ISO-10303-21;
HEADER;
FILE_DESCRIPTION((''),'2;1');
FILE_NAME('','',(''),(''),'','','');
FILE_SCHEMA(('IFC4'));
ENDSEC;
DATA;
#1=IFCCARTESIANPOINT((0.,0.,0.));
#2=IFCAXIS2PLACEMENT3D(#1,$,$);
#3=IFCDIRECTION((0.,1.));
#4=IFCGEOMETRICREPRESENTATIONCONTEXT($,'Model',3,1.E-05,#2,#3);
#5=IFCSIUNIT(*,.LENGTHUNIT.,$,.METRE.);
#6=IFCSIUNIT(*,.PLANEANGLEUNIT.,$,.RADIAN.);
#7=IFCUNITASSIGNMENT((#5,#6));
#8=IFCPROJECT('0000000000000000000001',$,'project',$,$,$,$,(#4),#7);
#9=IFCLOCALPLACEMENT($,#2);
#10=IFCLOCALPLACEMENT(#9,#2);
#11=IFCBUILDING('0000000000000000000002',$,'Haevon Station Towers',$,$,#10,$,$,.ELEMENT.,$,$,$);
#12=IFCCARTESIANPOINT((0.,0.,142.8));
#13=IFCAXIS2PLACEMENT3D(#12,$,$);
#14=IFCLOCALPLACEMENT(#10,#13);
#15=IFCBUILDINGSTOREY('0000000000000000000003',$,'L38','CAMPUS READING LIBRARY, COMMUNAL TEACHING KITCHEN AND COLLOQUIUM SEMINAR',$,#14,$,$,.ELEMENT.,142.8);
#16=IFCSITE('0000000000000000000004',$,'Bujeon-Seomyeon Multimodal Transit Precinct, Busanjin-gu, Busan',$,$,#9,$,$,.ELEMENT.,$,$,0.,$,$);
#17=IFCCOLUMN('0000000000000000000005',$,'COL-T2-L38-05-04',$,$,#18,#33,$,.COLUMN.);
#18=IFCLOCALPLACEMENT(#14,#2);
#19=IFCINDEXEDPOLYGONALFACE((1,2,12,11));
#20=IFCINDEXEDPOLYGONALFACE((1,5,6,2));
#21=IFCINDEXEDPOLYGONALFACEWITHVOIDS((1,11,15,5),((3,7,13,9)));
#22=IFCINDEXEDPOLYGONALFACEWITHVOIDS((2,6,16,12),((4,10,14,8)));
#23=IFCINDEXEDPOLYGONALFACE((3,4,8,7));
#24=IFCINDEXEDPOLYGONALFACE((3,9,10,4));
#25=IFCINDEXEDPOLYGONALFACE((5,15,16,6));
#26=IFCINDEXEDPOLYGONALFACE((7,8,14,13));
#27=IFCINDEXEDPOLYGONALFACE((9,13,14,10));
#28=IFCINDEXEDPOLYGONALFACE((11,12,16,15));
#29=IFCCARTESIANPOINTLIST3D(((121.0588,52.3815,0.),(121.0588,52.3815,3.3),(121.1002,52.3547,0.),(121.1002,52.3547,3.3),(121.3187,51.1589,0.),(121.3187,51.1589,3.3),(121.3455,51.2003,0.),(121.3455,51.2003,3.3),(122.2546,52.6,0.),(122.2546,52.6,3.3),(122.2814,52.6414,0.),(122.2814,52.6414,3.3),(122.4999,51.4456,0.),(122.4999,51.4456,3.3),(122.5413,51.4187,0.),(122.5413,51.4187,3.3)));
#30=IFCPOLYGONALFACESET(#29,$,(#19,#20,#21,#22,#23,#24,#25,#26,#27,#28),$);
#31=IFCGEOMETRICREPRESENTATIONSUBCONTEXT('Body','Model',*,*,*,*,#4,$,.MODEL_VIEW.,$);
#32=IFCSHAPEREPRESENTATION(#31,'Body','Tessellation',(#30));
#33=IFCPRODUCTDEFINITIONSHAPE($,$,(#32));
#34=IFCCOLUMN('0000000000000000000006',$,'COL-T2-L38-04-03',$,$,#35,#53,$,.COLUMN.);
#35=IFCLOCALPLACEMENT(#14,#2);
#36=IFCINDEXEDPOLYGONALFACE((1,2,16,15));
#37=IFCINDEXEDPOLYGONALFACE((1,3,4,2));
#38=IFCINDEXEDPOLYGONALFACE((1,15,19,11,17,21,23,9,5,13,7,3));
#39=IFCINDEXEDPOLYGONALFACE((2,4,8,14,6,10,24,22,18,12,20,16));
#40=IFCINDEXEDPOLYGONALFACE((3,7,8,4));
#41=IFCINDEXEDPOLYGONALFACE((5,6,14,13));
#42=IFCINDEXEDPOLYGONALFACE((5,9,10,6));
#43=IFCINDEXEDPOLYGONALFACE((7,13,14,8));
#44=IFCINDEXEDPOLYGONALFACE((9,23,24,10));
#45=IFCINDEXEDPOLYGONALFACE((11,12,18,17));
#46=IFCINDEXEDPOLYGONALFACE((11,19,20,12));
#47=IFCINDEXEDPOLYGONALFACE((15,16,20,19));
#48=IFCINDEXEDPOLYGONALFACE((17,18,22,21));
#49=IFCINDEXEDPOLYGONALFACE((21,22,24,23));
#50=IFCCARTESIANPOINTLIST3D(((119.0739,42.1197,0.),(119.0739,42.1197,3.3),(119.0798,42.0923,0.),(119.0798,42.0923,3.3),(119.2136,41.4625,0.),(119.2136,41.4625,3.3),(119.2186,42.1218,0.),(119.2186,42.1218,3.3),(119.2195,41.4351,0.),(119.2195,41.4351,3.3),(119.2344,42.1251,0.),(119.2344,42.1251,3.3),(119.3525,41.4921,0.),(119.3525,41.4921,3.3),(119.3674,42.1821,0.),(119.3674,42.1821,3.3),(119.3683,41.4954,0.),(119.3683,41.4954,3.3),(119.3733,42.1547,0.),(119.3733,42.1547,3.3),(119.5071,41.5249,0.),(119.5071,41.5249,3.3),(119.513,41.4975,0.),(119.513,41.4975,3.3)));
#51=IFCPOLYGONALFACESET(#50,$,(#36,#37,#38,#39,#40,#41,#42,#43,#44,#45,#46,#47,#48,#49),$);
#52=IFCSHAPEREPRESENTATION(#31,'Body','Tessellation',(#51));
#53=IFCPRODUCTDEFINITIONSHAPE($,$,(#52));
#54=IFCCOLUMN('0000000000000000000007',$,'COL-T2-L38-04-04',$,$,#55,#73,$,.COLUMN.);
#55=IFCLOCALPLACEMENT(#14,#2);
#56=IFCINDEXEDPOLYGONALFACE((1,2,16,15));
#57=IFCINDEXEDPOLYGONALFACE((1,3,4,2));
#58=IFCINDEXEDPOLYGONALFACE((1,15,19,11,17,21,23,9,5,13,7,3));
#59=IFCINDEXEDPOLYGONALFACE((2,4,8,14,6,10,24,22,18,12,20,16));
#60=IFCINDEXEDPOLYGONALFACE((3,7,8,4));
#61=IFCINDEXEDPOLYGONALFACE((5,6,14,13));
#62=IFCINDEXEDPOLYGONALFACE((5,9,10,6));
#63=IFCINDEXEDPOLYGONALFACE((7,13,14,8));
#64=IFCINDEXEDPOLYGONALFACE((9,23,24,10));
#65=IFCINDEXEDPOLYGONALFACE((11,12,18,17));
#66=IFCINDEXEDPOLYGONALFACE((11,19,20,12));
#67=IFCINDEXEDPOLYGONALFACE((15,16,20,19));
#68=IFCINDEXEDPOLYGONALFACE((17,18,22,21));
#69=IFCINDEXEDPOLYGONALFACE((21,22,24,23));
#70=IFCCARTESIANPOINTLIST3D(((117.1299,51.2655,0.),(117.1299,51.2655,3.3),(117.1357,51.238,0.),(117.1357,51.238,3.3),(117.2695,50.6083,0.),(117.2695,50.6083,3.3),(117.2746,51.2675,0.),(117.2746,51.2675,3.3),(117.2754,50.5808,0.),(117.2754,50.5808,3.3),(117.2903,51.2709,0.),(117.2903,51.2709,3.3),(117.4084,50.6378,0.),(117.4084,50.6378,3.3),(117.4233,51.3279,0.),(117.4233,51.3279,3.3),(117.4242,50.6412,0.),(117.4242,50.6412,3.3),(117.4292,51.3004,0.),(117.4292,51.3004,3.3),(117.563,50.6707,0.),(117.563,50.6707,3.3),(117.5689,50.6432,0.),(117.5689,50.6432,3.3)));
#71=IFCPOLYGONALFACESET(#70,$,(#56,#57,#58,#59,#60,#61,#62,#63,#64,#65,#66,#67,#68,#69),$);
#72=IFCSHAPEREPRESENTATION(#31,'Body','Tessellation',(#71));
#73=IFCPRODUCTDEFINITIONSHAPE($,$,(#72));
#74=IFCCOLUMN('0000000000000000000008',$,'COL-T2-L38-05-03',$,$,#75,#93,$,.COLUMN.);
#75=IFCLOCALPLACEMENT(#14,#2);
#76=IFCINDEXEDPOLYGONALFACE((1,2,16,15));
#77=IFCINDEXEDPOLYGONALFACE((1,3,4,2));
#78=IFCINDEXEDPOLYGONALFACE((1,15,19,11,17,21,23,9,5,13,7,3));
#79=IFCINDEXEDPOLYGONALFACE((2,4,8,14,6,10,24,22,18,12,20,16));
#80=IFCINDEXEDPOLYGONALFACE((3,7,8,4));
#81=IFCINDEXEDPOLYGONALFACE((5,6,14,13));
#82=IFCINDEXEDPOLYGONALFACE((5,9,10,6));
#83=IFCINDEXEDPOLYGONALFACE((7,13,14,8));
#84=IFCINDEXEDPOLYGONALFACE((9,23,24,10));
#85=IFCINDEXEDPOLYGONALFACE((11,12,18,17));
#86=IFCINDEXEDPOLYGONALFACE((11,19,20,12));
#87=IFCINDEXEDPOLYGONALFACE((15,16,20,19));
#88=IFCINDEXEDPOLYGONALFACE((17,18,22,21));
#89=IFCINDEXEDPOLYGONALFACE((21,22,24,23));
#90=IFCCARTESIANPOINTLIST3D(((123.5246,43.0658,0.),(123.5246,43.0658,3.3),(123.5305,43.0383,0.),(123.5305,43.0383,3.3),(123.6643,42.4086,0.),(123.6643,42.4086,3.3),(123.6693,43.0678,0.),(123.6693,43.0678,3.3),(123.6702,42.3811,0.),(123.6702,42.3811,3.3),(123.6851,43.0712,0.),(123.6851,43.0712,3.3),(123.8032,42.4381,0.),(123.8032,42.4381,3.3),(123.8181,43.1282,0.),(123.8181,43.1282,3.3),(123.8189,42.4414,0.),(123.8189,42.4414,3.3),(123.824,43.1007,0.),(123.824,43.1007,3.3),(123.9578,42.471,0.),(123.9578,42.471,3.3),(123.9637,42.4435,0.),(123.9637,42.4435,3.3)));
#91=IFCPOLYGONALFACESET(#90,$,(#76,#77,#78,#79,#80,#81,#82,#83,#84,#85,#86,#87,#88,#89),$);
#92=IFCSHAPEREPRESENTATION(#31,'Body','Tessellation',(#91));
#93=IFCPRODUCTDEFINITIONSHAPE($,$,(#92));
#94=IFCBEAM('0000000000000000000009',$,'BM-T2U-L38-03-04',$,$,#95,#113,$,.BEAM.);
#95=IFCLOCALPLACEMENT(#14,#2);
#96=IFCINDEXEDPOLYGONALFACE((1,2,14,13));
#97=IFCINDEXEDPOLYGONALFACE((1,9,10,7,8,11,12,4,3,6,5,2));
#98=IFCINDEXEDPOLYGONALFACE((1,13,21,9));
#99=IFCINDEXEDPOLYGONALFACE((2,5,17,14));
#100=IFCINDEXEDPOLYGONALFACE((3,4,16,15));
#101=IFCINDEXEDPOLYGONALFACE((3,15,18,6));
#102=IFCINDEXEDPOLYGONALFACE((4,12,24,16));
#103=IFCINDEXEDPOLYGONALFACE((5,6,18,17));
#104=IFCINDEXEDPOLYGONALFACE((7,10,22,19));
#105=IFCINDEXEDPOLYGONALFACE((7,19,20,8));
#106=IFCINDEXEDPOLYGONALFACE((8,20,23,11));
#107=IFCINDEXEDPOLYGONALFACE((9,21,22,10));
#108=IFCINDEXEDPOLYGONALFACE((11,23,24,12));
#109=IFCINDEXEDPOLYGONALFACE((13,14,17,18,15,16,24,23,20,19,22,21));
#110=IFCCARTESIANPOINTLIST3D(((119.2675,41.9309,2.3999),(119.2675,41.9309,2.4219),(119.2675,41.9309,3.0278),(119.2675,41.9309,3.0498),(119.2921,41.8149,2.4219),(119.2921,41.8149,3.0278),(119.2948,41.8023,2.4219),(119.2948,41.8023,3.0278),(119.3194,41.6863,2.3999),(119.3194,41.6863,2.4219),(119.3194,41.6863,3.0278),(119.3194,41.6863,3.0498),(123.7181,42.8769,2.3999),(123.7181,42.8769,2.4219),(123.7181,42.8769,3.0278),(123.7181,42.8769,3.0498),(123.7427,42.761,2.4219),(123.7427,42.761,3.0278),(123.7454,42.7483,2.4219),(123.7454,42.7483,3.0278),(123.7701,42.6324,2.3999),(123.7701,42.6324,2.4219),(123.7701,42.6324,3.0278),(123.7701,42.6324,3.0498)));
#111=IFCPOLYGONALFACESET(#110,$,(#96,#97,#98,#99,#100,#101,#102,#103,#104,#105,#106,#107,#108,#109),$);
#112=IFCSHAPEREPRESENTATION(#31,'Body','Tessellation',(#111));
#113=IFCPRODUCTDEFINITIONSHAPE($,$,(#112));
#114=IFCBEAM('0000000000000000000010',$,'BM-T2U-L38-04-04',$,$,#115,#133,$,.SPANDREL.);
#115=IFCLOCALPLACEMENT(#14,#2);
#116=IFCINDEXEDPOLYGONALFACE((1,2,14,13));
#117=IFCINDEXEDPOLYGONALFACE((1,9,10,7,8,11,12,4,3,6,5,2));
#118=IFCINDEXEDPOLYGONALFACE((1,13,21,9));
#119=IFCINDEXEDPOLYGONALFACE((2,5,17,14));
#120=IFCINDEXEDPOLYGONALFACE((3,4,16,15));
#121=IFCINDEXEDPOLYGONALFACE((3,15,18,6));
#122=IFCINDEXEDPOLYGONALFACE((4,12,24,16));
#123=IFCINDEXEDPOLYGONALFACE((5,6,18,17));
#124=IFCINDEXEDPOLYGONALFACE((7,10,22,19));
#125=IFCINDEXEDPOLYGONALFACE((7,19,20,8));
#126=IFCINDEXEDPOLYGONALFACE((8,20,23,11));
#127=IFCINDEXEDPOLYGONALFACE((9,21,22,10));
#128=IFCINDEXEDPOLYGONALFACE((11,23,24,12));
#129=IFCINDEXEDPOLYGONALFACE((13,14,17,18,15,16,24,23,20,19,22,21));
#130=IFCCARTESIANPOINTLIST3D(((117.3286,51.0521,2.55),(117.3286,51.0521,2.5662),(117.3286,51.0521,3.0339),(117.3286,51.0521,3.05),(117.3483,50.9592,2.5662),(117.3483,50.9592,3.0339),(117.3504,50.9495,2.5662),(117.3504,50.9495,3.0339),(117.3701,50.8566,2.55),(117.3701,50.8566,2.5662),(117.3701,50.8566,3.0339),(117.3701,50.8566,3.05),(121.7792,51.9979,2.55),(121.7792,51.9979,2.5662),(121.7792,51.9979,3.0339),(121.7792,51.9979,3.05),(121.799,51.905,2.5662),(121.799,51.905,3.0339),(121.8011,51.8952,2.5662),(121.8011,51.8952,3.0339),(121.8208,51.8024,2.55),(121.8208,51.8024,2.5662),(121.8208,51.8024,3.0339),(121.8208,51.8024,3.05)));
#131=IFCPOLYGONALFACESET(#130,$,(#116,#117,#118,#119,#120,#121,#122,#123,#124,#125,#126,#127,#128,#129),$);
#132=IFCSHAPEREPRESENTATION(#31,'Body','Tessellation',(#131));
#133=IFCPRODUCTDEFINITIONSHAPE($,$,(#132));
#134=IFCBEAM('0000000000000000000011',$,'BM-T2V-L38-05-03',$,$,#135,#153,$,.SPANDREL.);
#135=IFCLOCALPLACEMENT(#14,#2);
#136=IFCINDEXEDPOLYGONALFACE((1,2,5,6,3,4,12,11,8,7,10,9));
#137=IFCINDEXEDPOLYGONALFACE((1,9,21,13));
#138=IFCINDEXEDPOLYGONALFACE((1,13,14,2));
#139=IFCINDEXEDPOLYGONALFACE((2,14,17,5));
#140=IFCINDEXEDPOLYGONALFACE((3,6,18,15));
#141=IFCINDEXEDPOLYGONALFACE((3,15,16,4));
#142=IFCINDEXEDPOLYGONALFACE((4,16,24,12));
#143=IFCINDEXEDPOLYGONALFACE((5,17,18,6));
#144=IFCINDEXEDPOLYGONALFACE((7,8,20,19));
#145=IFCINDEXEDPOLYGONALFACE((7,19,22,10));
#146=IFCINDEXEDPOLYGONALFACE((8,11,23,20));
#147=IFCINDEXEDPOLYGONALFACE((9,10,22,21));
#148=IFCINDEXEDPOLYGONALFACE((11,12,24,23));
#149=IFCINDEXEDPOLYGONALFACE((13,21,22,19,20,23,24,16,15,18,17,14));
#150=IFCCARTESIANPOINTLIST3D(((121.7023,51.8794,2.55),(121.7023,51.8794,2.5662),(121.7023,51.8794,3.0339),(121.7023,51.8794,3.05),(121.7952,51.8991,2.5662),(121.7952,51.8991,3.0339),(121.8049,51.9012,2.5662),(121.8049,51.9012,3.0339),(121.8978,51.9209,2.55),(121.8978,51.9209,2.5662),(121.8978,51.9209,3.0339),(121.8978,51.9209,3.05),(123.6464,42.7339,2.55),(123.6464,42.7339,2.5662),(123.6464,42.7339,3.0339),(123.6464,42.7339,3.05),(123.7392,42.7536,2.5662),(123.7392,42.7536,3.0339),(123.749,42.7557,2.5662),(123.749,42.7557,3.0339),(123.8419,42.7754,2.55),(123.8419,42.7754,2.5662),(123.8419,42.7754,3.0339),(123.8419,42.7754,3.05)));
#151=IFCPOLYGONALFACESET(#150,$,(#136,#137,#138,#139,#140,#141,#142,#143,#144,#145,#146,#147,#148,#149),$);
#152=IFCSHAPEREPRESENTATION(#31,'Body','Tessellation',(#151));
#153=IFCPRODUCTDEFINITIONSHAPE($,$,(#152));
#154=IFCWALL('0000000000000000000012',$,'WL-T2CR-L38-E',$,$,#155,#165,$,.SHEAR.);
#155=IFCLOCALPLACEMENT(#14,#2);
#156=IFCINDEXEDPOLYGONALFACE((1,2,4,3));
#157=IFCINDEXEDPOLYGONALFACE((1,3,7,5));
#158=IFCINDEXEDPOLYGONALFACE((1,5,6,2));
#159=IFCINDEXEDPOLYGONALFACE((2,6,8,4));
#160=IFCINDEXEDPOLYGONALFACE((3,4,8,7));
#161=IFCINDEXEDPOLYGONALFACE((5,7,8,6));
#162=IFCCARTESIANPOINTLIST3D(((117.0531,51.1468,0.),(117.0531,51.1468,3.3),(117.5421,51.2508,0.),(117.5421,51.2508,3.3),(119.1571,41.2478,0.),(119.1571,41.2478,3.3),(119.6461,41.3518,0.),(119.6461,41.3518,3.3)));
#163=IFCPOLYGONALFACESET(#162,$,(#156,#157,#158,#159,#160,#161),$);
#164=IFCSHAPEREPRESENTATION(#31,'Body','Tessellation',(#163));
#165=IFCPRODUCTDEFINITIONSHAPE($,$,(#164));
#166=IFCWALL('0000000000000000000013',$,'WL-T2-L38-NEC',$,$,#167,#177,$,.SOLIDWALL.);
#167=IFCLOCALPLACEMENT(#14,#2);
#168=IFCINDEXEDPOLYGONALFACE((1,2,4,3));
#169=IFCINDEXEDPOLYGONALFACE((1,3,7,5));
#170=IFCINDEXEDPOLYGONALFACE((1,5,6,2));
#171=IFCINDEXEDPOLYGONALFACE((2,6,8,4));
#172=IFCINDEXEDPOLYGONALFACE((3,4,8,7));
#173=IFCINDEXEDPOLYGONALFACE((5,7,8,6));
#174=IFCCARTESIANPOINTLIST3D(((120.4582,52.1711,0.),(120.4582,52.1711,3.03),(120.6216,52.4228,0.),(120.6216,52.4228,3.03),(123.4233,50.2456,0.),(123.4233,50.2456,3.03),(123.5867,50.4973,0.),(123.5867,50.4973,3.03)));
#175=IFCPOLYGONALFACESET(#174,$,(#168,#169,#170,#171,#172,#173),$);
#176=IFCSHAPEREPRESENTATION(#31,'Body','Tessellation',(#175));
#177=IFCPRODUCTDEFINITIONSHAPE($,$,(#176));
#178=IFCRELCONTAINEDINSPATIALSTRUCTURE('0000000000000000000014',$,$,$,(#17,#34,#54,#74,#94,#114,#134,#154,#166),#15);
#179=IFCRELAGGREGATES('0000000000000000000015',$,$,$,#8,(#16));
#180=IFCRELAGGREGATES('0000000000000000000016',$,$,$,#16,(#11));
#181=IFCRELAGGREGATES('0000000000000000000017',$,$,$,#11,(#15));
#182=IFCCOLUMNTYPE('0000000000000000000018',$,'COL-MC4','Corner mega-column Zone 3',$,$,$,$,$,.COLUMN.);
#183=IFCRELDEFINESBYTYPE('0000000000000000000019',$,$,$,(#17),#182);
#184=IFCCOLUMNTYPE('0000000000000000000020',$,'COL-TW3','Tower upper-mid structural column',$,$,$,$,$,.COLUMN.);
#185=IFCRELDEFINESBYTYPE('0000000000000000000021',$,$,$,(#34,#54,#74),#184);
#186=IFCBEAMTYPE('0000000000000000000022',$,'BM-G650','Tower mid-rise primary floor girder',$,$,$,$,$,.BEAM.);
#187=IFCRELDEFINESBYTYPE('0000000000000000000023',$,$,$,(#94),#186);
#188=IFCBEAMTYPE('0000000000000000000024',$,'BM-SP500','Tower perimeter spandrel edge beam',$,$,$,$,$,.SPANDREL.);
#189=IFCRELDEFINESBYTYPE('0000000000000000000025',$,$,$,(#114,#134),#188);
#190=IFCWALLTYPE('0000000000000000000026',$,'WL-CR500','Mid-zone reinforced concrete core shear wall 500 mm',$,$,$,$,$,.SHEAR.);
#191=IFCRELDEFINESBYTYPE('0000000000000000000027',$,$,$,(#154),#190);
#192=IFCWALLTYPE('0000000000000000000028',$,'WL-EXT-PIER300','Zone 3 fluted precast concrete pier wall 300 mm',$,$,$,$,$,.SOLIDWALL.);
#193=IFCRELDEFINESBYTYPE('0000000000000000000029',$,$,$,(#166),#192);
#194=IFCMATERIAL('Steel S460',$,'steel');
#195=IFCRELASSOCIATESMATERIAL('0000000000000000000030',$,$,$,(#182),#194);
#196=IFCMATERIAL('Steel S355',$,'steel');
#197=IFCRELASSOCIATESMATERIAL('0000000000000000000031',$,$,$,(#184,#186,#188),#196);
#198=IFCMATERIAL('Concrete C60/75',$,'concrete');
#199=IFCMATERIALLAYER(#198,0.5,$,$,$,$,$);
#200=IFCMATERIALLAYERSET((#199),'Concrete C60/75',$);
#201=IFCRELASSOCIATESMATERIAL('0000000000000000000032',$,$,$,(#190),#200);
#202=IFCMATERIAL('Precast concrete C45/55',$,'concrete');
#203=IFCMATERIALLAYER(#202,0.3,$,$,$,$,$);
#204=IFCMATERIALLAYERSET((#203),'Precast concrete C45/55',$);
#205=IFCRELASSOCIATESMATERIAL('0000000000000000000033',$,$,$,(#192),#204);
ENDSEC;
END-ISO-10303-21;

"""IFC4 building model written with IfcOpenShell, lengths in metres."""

from ifc_helpers import new_model, si_unit, direction, frame, frame_2d, origin, origin_2d, place, context, subcontext, project, spatial, rectangle, hollow_rectangle, i_section, extrude, material, layer, layer_set, material_profile, profile_set, type_object, element, save


model = new_model("IFC4")

# Units and contexts
model_context = context("Model", 3, precision=1e-05, world=origin(), true_north=direction((0.0, 1.0)))
body_context = subcontext(model_context, "Body", "Model", "MODEL_VIEW")
ifc_project = project(units=[si_unit("LENGTHUNIT", "METRE"), si_unit("PLANEANGLEUNIT", "RADIAN")], contexts=[model_context])

# Site, building, storey
site_placement = place(None, origin())
site = spatial("IfcSite", under=ifc_project, at=site_placement, Name="Bujeon-Seomyeon Multimodal Transit Precinct, Busanjin-gu, Busan", CompositionType="ELEMENT", RefElevation=0.0)
building_placement = place(site_placement, origin())
building = spatial("IfcBuilding", under=site, at=building_placement, Name="Haevon Station Towers", CompositionType="ELEMENT")
storey_placement = place(building_placement, frame((0.0, 0.0, 142.8)))
storey = spatial("IfcBuildingStorey", under=building, at=storey_placement, Name="L38", Description="CAMPUS READING LIBRARY, COMMUNAL TEACHING KITCHEN AND COLLOQUIUM SEMINAR", CompositionType="ELEMENT", Elevation=142.8)

# Columns
ifc_material_1 = material(Name="Steel S460", Category="steel")
ifc_material_profile_1 = material_profile(ifc_material_1, hollow_rectangle(XDim=1.25, YDim=1.25, WallThickness=0.0349, at=origin_2d()), Name="BOX-1250x1250x35")
ifc_profile_set_1 = profile_set([ifc_material_profile_1], Name="Steel S460")
column_type_1 = type_object("IfcColumnType", Name="COL-MC4", Description="Corner mega-column Zone 3", PredefinedType="COLUMN", material=ifc_profile_set_1)
column_placement = place(storey_placement, frame((121.8, 51.9001, 0.0), z_axis=(0.0, 0.0, 1.0), x_axis=(0.978148, 0.207912, 0.0)))
element("IfcColumn", 1, at=column_placement, inside=storey, type_object=column_type_1, Name="COL-T2-L38-05-04", PredefinedType="COLUMN", context=body_context, shape_type="SweptSolid", body=[
    extrude(hollow_rectangle(XDim=1.25, YDim=1.25, WallThickness=0.0349, at=origin_2d()), origin(), (0.0, 0.0, 1.0), 3.3),
])
ifc_material_2 = material(Name="Steel S355", Category="steel")
ifc_material_profile_2 = material_profile(ifc_material_2, i_section(OverallWidth=0.3, OverallDepth=0.7, WebThickness=0.0161, FlangeThickness=0.0281, at=origin_2d()), Name="H-700x300x16x28")
ifc_profile_set_2 = profile_set([ifc_material_profile_2], Name="Steel S355")
column_type_2 = type_object("IfcColumnType", Name="COL-TW3", Description="Tower upper-mid structural column", PredefinedType="COLUMN", material=ifc_profile_set_2)
for number, where, z_axis, x_axis, name in (
    (2, (119.2935, 41.8086, 0.0), (0.0, 0.0, 1.0), (0.978148, 0.207912, 0.0), "COL-T2-L38-04-03"),
    (3, (117.3494, 50.9543, 0.0), (0.0, 0.0, 1.0), (0.978148, 0.207912, 0.0), "COL-T2-L38-04-04"),
    (4, (123.7441, 42.7546, 0.0), (0.0, 0.0, 1.0), (0.978148, 0.207912, 0.0), "COL-T2-L38-05-03"),
):
    element("IfcColumn", number, at=place(storey_placement, frame(where, z_axis=z_axis, x_axis=x_axis)), inside=storey, type_object=column_type_2, Name=name, PredefinedType="COLUMN", context=body_context, shape_type="SweptSolid", body=[
        extrude(i_section(OverallWidth=0.3, OverallDepth=0.7, WebThickness=0.0161, FlangeThickness=0.0281, at=origin_2d()), origin(), (0.0, 0.0, 1.0), 3.3),
    ])

# Beams
ifc_material_profile_3 = material_profile(ifc_material_2, i_section(OverallWidth=0.25, OverallDepth=0.6499, WebThickness=0.0129, FlangeThickness=0.022, at=origin_2d()), Name="H-650x250x13x22")
ifc_profile_set_3 = profile_set([ifc_material_profile_3], Name="Steel S355")
beam_type_1 = type_object("IfcBeamType", Name="BM-G650", Description="Tower mid-rise primary floor girder", PredefinedType="BEAM", material=ifc_profile_set_3)
beam_1_placement = place(storey_placement, frame((119.2935, 41.8086, 2.7249), z_axis=(0.978147, 0.207917, 0.0), x_axis=(-0.207917, 0.978147, 0.0)))
element("IfcBeam", 5, at=beam_1_placement, inside=storey, type_object=beam_type_1, Name="BM-T2U-L38-03-04", PredefinedType="BEAM", context=body_context, shape_type="SweptSolid", body=[
    extrude(i_section(OverallWidth=0.25, OverallDepth=0.6499, WebThickness=0.0129, FlangeThickness=0.022, at=origin_2d()), origin(), (0.0, 0.0, 1.0), 4.55),
])
ifc_material_profile_4 = material_profile(ifc_material_2, i_section(OverallWidth=0.2, OverallDepth=0.5, WebThickness=0.01, FlangeThickness=0.0161, at=origin_2d()), Name="H-500x200x10x16")
ifc_profile_set_4 = profile_set([ifc_material_profile_4], Name="Steel S355")
beam_type_2 = type_object("IfcBeamType", Name="BM-SP500", Description="Tower perimeter spandrel edge beam", PredefinedType="SPANDREL", material=ifc_profile_set_4)
beam_2_placement = place(storey_placement, frame((117.3494, 50.9543, 2.8), z_axis=(0.978157, 0.207865, 0.0), x_axis=(-0.207865, 0.978157, 0.0)))
element("IfcBeam", 6, at=beam_2_placement, inside=storey, type_object=beam_type_2, Name="BM-T2U-L38-04-04", PredefinedType="SPANDREL", context=body_context, shape_type="SweptSolid", body=[
    extrude(i_section(OverallWidth=0.2, OverallDepth=0.5, WebThickness=0.01, FlangeThickness=0.0161, at=origin_2d()), origin(), (0.0, 0.0, 1.0), 4.55),
])
beam_3_placement = place(storey_placement, frame((123.7441, 42.7546, 2.8), z_axis=(-0.207927, 0.978144, 0.0), x_axis=(-0.978144, -0.207927, 0.0)))
element("IfcBeam", 7, at=beam_3_placement, inside=storey, type_object=beam_type_2, Name="BM-T2V-L38-05-03", PredefinedType="SPANDREL", context=body_context, shape_type="SweptSolid", body=[
    extrude(i_section(OverallWidth=0.2, OverallDepth=0.5, WebThickness=0.01, FlangeThickness=0.0161, at=origin_2d()), origin(), (0.0, 0.0, 1.0), 9.3499),
])

# Walls
ifc_material_3 = material(Name="Concrete C60/75", Category="concrete")
ifc_layer_1 = layer(ifc_material_3, 0.5)
ifc_layer_set_1 = layer_set([ifc_layer_1], Name="Concrete C60/75")
wall_type_1 = type_object("IfcWallType", Name="WL-CR500", Description="Mid-zone reinforced concrete core shear wall 500 mm", PredefinedType="SHEAR", material=ifc_layer_set_1)
wall_1_placement = place(storey_placement, frame((119.4016, 41.2998, 0.0), z_axis=(0.0, 0.0, 1.0), x_axis=(-0.207904, 0.978149, 0.0)))
element("IfcWall", 8, at=wall_1_placement, inside=storey, type_object=wall_type_1, Name="WL-T2CR-L38-E", PredefinedType="SHEAR", context=body_context, shape_type="SweptSolid", body=[
    extrude(rectangle(XDim=10.1201, YDim=0.5, at=frame_2d((5.0601, 0.0))), origin(), (0.0, 0.0, 1.0), 3.3),
])
ifc_material_4 = material(Name="Precast concrete C45/55", Category="concrete")
ifc_layer_2 = layer(ifc_material_4, 0.3)
ifc_layer_set_2 = layer_set([ifc_layer_2], Name="Precast concrete C45/55")
wall_type_2 = type_object("IfcWallType", Name="WL-EXT-PIER300", Description="Zone 3 fluted precast concrete pier wall 300 mm", PredefinedType="SOLIDWALL", material=ifc_layer_set_2)
wall_2_placement = place(storey_placement, frame((120.54, 52.2969, 0.0), z_axis=(0.0, 0.0, 1.0), x_axis=(0.838672, -0.544636, 0.0)))
element("IfcWall", 9, at=wall_2_placement, inside=storey, type_object=wall_type_2, Name="WL-T2-L38-NEC", PredefinedType="SOLIDWALL", context=body_context, shape_type="SweptSolid", body=[
    extrude(rectangle(XDim=3.5354, YDim=0.3, at=frame_2d((1.7676, 0.0))), origin(), (0.0, 0.0, 1.0), 3.03),
])

save(model, "model.ifc")
